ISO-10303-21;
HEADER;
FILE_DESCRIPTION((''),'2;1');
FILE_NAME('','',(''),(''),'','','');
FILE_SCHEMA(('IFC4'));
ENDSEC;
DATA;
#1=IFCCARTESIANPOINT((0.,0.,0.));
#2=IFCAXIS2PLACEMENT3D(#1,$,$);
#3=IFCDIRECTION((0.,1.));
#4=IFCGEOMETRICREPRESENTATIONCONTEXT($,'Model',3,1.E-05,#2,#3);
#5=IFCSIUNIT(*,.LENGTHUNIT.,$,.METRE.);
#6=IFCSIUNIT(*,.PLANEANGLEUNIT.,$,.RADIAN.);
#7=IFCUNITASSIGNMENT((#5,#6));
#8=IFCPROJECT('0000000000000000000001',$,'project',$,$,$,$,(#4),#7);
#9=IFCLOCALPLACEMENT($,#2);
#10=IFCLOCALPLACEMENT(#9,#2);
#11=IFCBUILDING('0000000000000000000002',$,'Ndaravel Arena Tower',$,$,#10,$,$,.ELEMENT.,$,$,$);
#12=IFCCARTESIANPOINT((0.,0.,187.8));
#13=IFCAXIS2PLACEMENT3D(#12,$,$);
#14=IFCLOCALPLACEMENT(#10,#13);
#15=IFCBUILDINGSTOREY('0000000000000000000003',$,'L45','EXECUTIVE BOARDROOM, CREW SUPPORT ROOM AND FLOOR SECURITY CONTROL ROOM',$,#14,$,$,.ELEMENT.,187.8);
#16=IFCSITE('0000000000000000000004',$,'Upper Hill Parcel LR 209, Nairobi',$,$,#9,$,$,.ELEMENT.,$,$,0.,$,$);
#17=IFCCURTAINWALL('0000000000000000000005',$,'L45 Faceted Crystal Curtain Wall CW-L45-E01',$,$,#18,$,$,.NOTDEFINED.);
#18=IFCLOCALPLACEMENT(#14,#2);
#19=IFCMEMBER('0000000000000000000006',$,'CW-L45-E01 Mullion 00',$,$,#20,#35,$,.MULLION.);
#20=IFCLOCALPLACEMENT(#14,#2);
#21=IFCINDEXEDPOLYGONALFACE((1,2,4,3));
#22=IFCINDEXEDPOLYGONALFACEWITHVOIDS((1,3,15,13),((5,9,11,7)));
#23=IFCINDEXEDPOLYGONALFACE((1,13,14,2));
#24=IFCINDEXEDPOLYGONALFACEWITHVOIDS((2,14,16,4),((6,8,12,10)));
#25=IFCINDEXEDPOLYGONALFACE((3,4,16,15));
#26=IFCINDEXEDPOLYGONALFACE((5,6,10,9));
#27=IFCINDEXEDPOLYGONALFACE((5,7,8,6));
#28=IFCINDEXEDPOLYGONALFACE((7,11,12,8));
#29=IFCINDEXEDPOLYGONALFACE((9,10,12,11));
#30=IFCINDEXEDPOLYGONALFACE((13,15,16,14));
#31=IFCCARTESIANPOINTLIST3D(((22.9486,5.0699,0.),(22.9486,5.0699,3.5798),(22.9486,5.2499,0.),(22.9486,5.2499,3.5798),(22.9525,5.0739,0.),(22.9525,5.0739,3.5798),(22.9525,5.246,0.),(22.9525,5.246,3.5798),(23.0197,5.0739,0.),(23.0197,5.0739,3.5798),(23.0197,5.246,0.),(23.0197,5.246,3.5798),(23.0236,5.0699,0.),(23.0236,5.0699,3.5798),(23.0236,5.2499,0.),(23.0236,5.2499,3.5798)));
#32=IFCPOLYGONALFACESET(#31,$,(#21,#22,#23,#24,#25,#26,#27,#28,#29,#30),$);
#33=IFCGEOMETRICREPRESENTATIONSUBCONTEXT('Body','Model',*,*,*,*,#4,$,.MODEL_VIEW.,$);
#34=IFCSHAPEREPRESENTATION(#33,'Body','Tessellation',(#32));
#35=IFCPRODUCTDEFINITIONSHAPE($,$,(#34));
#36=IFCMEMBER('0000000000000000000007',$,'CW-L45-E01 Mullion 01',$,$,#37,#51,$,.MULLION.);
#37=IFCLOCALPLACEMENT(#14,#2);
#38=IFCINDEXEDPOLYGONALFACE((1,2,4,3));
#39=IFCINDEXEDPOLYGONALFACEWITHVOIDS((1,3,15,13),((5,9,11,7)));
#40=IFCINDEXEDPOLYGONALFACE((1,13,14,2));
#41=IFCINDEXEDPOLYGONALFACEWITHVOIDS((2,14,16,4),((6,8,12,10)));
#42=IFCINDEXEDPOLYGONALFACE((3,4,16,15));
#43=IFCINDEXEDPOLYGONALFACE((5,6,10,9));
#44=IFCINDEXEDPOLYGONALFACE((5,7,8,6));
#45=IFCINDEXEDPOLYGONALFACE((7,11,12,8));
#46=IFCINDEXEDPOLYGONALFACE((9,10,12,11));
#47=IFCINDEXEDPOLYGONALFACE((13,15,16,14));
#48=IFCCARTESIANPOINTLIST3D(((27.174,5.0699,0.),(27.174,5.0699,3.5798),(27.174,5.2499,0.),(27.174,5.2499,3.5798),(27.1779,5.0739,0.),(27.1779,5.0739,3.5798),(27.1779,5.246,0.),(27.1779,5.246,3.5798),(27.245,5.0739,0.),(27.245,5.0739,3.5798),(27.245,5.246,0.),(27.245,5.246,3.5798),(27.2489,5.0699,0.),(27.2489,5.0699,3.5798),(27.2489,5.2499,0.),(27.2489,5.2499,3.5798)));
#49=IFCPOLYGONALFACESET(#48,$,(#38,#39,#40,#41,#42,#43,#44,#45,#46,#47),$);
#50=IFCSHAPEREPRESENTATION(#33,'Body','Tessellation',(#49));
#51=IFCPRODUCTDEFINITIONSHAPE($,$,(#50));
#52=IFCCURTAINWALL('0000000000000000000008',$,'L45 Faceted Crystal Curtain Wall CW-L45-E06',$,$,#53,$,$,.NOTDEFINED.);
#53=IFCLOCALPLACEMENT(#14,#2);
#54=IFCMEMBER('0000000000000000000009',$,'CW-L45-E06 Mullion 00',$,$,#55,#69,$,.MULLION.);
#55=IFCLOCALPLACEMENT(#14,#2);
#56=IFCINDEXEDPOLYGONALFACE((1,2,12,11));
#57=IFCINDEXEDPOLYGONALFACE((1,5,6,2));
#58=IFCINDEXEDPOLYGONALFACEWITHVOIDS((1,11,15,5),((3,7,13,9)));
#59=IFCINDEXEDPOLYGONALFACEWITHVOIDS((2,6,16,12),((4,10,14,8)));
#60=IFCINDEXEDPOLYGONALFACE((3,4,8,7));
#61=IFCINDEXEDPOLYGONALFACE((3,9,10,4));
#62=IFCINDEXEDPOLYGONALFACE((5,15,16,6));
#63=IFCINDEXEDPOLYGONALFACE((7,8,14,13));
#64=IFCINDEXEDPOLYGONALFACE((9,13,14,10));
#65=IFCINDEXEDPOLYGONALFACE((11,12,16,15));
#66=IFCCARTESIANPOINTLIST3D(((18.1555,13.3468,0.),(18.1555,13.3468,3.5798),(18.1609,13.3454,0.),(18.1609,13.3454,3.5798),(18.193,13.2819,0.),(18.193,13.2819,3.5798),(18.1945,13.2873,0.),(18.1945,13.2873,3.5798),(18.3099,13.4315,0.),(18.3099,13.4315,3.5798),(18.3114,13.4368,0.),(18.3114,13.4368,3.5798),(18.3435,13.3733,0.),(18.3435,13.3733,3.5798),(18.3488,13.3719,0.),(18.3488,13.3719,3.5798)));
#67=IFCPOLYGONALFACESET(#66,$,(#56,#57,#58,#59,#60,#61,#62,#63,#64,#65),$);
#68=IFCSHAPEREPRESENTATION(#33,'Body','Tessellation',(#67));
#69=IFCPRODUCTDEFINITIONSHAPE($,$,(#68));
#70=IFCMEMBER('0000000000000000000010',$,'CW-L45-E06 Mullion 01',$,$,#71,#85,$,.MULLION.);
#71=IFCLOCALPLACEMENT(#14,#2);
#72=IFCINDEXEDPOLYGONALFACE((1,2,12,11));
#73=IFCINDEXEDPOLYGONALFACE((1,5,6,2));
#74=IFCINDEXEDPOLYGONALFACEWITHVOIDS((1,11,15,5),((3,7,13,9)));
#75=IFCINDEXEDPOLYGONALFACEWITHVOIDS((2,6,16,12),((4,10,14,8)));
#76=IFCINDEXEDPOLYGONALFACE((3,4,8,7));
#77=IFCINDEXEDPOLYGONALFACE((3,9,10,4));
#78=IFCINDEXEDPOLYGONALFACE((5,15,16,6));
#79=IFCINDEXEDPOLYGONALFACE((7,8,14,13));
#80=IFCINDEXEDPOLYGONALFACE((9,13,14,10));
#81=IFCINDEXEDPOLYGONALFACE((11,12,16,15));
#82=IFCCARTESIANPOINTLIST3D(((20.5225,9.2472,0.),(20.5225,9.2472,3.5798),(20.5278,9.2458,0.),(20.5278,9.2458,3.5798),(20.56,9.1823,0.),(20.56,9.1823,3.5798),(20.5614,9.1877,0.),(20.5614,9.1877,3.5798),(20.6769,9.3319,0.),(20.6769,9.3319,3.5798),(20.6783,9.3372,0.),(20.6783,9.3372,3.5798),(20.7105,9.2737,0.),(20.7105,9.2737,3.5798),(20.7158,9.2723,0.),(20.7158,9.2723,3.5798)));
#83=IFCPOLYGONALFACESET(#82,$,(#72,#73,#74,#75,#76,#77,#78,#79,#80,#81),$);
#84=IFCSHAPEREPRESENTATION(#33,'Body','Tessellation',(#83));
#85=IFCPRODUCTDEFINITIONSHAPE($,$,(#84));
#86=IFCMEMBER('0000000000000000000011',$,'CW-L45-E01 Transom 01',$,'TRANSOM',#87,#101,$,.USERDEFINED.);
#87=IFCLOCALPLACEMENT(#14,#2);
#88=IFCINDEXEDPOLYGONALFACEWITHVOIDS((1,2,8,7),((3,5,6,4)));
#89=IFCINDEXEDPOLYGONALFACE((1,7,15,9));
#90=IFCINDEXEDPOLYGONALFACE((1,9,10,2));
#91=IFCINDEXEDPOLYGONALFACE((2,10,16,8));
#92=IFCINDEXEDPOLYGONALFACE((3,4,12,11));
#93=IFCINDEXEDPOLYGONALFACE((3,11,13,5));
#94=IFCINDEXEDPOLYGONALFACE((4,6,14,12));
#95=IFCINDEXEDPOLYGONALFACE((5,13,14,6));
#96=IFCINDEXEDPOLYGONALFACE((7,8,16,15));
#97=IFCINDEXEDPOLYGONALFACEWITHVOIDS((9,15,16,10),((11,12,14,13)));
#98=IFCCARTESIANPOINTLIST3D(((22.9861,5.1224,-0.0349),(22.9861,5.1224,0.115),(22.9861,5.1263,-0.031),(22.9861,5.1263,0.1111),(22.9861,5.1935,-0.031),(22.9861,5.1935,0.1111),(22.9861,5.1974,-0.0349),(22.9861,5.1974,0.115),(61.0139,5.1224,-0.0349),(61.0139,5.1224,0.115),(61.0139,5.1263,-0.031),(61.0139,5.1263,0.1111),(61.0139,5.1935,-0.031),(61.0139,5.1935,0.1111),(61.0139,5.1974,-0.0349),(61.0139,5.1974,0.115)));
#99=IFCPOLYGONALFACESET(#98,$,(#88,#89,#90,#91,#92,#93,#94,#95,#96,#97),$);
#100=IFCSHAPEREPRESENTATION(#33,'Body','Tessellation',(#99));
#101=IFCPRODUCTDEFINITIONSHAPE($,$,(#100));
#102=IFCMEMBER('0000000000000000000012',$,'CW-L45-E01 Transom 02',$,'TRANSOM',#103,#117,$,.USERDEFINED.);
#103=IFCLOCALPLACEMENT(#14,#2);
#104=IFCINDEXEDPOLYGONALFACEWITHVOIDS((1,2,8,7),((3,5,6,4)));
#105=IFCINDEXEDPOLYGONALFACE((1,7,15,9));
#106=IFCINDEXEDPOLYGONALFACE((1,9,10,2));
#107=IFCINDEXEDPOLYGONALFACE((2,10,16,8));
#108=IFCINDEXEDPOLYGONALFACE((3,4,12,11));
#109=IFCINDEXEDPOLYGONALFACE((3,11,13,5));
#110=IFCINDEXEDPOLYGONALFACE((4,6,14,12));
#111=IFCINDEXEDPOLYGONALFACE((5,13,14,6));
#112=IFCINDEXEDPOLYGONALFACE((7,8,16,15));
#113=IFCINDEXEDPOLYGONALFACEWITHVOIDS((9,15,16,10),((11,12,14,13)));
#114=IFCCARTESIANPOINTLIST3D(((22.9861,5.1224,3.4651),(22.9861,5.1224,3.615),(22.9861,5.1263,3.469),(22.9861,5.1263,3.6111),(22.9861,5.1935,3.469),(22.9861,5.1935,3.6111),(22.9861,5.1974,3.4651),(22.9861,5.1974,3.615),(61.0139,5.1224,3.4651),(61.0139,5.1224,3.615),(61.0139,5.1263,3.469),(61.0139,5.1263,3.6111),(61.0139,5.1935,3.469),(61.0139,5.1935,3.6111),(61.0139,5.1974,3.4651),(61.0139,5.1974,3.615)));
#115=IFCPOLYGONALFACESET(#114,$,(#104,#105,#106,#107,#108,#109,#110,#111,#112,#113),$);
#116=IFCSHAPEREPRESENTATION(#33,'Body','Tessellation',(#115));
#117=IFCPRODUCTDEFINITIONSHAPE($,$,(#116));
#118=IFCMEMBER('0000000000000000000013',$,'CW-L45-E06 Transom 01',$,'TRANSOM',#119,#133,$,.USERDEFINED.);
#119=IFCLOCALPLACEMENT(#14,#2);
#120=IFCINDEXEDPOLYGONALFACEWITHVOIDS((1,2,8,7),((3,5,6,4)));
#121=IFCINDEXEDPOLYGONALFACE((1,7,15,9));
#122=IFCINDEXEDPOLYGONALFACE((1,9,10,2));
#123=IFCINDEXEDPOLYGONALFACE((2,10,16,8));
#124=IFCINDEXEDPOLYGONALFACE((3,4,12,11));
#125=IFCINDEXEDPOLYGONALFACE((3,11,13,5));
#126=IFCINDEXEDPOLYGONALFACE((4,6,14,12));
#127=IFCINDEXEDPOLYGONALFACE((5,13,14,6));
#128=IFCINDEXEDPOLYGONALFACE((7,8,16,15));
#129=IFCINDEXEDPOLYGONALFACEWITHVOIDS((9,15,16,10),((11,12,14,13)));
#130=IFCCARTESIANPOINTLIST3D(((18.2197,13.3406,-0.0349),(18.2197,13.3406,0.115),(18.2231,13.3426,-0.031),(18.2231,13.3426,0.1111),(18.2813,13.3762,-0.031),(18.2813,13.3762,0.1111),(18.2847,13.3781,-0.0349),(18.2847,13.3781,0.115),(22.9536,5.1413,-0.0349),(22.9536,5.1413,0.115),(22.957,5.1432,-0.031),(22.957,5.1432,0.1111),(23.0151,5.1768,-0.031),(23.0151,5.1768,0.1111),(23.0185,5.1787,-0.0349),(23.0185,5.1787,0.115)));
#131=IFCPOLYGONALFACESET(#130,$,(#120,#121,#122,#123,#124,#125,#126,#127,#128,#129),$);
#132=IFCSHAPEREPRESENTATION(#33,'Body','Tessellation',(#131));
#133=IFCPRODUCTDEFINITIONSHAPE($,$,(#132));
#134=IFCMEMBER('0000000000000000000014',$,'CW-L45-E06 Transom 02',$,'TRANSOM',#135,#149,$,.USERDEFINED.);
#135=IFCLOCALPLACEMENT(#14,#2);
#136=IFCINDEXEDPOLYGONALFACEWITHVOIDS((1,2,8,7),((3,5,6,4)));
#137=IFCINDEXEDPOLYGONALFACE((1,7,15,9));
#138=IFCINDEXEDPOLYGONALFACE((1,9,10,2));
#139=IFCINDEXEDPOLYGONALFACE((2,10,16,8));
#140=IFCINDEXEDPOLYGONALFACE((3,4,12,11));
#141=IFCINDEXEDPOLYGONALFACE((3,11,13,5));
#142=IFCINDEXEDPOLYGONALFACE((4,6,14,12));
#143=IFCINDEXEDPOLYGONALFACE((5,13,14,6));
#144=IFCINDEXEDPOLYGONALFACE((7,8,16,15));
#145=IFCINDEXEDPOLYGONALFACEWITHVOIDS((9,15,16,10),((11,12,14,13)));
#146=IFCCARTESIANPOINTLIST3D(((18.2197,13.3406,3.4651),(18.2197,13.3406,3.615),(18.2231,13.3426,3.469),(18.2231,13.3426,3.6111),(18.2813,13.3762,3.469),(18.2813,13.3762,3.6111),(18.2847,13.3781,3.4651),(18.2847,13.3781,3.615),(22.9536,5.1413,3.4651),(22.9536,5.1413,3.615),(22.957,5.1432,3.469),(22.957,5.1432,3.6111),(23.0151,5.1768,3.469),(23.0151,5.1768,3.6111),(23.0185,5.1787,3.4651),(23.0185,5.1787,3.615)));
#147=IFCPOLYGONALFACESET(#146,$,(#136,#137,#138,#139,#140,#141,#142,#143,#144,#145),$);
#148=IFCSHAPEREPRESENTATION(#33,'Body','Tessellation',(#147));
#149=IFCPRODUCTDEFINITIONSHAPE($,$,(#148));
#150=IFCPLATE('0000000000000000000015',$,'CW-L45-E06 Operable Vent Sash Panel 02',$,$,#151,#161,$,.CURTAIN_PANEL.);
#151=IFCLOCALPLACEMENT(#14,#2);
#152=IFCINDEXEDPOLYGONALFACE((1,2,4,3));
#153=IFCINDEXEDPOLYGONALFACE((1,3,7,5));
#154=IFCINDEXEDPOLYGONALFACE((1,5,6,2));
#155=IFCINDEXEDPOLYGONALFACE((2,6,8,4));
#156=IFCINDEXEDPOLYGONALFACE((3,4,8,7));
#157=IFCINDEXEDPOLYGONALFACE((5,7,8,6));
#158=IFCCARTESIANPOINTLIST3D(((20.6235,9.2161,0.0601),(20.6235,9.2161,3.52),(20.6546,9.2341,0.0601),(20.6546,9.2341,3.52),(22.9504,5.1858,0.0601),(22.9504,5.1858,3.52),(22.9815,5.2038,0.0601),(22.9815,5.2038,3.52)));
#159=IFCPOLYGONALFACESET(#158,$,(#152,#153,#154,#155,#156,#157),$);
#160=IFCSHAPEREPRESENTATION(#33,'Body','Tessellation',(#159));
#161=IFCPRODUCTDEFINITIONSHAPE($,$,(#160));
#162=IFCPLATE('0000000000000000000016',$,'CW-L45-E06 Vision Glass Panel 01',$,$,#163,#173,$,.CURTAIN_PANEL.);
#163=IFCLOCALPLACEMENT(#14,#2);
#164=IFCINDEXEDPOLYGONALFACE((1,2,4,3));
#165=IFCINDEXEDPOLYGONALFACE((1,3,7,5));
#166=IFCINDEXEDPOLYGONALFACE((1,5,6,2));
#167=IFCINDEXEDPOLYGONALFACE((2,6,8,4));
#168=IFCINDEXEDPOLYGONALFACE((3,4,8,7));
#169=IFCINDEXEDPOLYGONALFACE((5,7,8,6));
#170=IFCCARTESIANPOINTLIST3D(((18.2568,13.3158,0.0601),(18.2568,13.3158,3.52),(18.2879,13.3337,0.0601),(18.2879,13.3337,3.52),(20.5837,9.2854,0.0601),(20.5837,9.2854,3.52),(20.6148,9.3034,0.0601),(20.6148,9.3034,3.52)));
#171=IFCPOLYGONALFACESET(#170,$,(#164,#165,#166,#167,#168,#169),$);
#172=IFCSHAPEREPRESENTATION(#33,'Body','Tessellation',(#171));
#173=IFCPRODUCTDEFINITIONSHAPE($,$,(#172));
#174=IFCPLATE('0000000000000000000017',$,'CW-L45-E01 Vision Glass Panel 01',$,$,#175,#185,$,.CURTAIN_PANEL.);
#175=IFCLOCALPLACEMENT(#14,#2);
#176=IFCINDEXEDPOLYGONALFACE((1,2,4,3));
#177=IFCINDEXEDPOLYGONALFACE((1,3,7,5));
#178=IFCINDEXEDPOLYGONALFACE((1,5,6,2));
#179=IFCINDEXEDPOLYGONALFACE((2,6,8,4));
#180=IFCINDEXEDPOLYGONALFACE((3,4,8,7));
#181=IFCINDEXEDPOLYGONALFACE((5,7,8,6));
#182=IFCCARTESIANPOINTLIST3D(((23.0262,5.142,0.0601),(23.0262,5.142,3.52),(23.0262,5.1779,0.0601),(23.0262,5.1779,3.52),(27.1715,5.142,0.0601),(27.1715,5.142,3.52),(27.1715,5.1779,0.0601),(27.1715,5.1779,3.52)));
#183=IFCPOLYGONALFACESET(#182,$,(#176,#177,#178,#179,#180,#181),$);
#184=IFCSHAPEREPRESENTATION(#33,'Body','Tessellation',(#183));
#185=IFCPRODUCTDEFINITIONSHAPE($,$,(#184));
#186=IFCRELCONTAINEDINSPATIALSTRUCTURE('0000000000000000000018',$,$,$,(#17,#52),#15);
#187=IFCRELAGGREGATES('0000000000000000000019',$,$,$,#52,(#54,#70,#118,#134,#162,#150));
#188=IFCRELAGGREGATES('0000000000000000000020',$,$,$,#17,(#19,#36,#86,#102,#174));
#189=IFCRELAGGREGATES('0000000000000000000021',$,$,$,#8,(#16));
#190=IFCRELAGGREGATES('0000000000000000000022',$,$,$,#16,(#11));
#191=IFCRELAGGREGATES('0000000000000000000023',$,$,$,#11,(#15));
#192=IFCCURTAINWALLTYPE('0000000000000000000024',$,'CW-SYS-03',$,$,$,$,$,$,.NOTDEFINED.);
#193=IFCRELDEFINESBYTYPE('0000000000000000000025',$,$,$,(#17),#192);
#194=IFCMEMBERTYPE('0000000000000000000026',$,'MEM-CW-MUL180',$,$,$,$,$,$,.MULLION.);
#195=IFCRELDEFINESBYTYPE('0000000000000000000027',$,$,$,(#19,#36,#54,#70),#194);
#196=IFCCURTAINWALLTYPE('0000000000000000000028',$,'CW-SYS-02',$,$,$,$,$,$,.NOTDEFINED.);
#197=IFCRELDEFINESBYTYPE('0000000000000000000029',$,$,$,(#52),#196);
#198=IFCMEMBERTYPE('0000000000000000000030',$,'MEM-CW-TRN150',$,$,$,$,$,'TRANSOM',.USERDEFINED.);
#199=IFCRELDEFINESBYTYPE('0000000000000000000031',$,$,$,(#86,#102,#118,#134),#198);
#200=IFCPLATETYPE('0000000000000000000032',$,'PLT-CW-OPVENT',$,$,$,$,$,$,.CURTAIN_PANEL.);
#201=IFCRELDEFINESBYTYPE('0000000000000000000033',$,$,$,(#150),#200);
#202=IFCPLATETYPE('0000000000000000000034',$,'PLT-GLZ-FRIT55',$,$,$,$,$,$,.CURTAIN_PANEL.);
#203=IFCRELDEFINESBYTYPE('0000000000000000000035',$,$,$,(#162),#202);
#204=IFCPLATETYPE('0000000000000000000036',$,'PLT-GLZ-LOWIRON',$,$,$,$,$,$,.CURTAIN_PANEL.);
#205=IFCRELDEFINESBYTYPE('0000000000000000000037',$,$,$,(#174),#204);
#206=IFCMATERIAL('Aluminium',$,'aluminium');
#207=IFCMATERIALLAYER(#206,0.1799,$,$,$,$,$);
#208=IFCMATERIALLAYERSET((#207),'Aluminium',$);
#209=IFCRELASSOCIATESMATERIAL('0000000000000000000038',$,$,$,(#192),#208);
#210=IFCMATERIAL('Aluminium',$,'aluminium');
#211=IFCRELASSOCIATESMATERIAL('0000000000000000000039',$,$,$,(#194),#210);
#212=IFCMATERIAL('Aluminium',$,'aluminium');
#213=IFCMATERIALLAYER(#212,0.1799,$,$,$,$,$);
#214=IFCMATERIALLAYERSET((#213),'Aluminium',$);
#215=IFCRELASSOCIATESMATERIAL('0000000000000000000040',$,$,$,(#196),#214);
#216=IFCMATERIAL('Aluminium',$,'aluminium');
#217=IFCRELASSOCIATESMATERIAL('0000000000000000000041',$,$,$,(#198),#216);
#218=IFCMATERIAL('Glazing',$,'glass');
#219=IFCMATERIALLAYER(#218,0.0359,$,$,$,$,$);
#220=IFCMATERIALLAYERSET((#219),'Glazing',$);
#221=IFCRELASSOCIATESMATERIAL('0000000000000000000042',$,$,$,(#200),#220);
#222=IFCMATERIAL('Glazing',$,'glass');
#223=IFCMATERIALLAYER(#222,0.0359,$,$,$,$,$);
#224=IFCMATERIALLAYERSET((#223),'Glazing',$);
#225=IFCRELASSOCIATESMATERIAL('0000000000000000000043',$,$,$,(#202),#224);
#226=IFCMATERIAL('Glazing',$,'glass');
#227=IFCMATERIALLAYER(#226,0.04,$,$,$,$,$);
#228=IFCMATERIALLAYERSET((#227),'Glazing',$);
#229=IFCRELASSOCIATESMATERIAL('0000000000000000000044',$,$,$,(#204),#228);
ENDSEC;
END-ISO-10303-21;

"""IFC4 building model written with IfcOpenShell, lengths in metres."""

from ifc_helpers import new_model, si_unit, direction, frame, origin, origin_2d, place, context, subcontext, project, spatial, rectangle, hollow_rectangle, extrude, material, layer, layer_set, material_profile, profile_set, type_object, element, aggregate, save


model = new_model("IFC4")

# Units and contexts
model_context = context("Model", 3, precision=1e-05, world=origin(), true_north=direction((0.0, 1.0)))
body_context = subcontext(model_context, "Body", "Model", "MODEL_VIEW")
ifc_project = project(units=[si_unit("LENGTHUNIT", "METRE"), si_unit("PLANEANGLEUNIT", "RADIAN")], contexts=[model_context])

# Site, building, storey
site_placement = place(None, origin())
site = spatial("IfcSite", under=ifc_project, at=site_placement, Name="Upper Hill Parcel LR 209, Nairobi", CompositionType="ELEMENT", RefElevation=0.0)
building_placement = place(site_placement, origin())
building = spatial("IfcBuilding", under=site, at=building_placement, Name="Ndaravel Arena Tower", CompositionType="ELEMENT")
storey_placement = place(building_placement, frame((0.0, 0.0, 187.8)))
storey = spatial("IfcBuildingStorey", under=building, at=storey_placement, Name="L45", Description="EXECUTIVE BOARDROOM, CREW SUPPORT ROOM AND FLOOR SECURITY CONTROL ROOM", CompositionType="ELEMENT", Elevation=187.8)

# Curtain walls, members
ifc_material_1 = material(Name="Aluminium", Category="aluminium")
ifc_layer_1 = layer(ifc_material_1, 0.1799)
ifc_layer_set_1 = layer_set([ifc_layer_1], Name="Aluminium")
curtain_wall_type_1 = type_object("IfcCurtainWallType", Name="CW-SYS-03", PredefinedType="NOTDEFINED", material=ifc_layer_set_1)
curtain_wall_1_placement = place(storey_placement, origin())
curtain_wall_1 = element("IfcCurtainWall", 1, at=curtain_wall_1_placement, inside=storey, type_object=curtain_wall_type_1, Name="L45 Faceted Crystal Curtain Wall CW-L45-E01", PredefinedType="NOTDEFINED")
ifc_material_2 = material(Name="Aluminium", Category="aluminium")
ifc_material_profile_1 = material_profile(ifc_material_2, hollow_rectangle(XDim=0.075, YDim=0.1799, WallThickness=0.0039, at=origin_2d()), Name="CW MULLION 75x180x4")
ifc_profile_set_1 = profile_set([ifc_material_profile_1], Name="Aluminium")
member_type_1 = type_object("IfcMemberType", Name="MEM-CW-MUL180", PredefinedType="MULLION", material=ifc_profile_set_1)
member_1_placement = place(storey_placement, frame((22.9861, 5.1599, 0.0), z_axis=(0.0, 0.0, 1.0), x_axis=(1.0, 0.0, 0.0)))
member_1 = element("IfcMember", 2, at=member_1_placement, type_object=member_type_1, Name="CW-L45-E01 Mullion 00", PredefinedType="MULLION", context=body_context, shape_type="SweptSolid", body=[
    extrude(hollow_rectangle(XDim=0.075, YDim=0.1799, WallThickness=0.0039, at=origin_2d()), origin(), (0.0, 0.0, 1.0), 3.5798),
])
member_2_placement = place(storey_placement, frame((27.2114, 5.1599, 0.0), z_axis=(0.0, 0.0, 1.0), x_axis=(1.0, 0.0, 0.0)))
member_2 = element("IfcMember", 3, at=member_2_placement, type_object=member_type_1, Name="CW-L45-E01 Mullion 01", PredefinedType="MULLION", context=body_context, shape_type="SweptSolid", body=[
    extrude(hollow_rectangle(XDim=0.075, YDim=0.1799, WallThickness=0.0039, at=origin_2d()), origin(), (0.0, 0.0, 1.0), 3.5798),
])
ifc_material_3 = material(Name="Aluminium", Category="aluminium")
ifc_layer_2 = layer(ifc_material_3, 0.1799)
ifc_layer_set_2 = layer_set([ifc_layer_2], Name="Aluminium")
curtain_wall_type_2 = type_object("IfcCurtainWallType", Name="CW-SYS-02", PredefinedType="NOTDEFINED", material=ifc_layer_set_2)
curtain_wall_2_placement = place(storey_placement, origin())
curtain_wall_2 = element("IfcCurtainWall", 4, at=curtain_wall_2_placement, inside=storey, type_object=curtain_wall_type_2, Name="L45 Faceted Crystal Curtain Wall CW-L45-E06", PredefinedType="NOTDEFINED")
member_3_placement = place(storey_placement, frame((18.2522, 13.3594, 0.0), z_axis=(0.0, 0.0, 1.0), x_axis=(0.5, -0.866025, 0.0)))
member_3 = element("IfcMember", 5, at=member_3_placement, type_object=member_type_1, Name="CW-L45-E06 Mullion 00", PredefinedType="MULLION", context=body_context, shape_type="SweptSolid", body=[
    extrude(hollow_rectangle(XDim=0.075, YDim=0.1799, WallThickness=0.0039, at=origin_2d()), origin(), (0.0, 0.0, 1.0), 3.5798),
])
member_4_placement = place(storey_placement, frame((20.6191, 9.2598, 0.0), z_axis=(0.0, 0.0, 1.0), x_axis=(0.5, -0.866025, 0.0)))
member_4 = element("IfcMember", 6, at=member_4_placement, type_object=member_type_1, Name="CW-L45-E06 Mullion 01", PredefinedType="MULLION", context=body_context, shape_type="SweptSolid", body=[
    extrude(hollow_rectangle(XDim=0.075, YDim=0.1799, WallThickness=0.0039, at=origin_2d()), origin(), (0.0, 0.0, 1.0), 3.5798),
])

# Members
ifc_material_4 = material(Name="Aluminium", Category="aluminium")
ifc_material_profile_2 = material_profile(ifc_material_4, hollow_rectangle(XDim=0.075, YDim=0.1499, WallThickness=0.0039, at=origin_2d()), Name="CW TRANSOM 75x150x4")
ifc_profile_set_2 = profile_set([ifc_material_profile_2], Name="Aluminium")
member_type_2 = type_object("IfcMemberType", Name="MEM-CW-TRN150", ElementType="TRANSOM", PredefinedType="USERDEFINED", material=ifc_profile_set_2)
member_5_placement = place(storey_placement, frame((22.9861, 5.1599, 0.04), z_axis=(1.0, 0.0, 0.0), x_axis=(0.0, 1.0, 0.0)))
member_5 = element("IfcMember", 7, at=member_5_placement, type_object=member_type_2, Name="CW-L45-E01 Transom 01", ObjectType="TRANSOM", PredefinedType="USERDEFINED", context=body_context, shape_type="SweptSolid", body=[
    extrude(hollow_rectangle(XDim=0.075, YDim=0.1499, WallThickness=0.0039, at=origin_2d()), origin(), (0.0, 0.0, 1.0), 38.0278),
])
member_6_placement = place(storey_placement, frame((22.9861, 5.1599, 3.54), z_axis=(1.0, 0.0, 0.0), x_axis=(0.0, 1.0, 0.0)))
member_6 = element("IfcMember", 8, at=member_6_placement, type_object=member_type_2, Name="CW-L45-E01 Transom 02", ObjectType="TRANSOM", PredefinedType="USERDEFINED", context=body_context, shape_type="SweptSolid", body=[
    extrude(hollow_rectangle(XDim=0.075, YDim=0.1499, WallThickness=0.0039, at=origin_2d()), origin(), (0.0, 0.0, 1.0), 38.0278),
])
member_7_placement = place(storey_placement, frame((18.2522, 13.3594, 0.04), z_axis=(0.499994, -0.866029, 0.0), x_axis=(0.866029, 0.499994, 0.0)))
member_7 = element("IfcMember", 9, at=member_7_placement, type_object=member_type_2, Name="CW-L45-E06 Transom 01", ObjectType="TRANSOM", PredefinedType="USERDEFINED", context=body_context, shape_type="SweptSolid", body=[
    extrude(hollow_rectangle(XDim=0.075, YDim=0.1499, WallThickness=0.0039, at=origin_2d()), origin(), (0.0, 0.0, 1.0), 9.4678),
])
member_8_placement = place(storey_placement, frame((18.2522, 13.3594, 3.54), z_axis=(0.499994, -0.866029, 0.0), x_axis=(0.866029, 0.499994, 0.0)))
member_8 = element("IfcMember", 10, at=member_8_placement, type_object=member_type_2, Name="CW-L45-E06 Transom 02", ObjectType="TRANSOM", PredefinedType="USERDEFINED", context=body_context, shape_type="SweptSolid", body=[
    extrude(hollow_rectangle(XDim=0.075, YDim=0.1499, WallThickness=0.0039, at=origin_2d()), origin(), (0.0, 0.0, 1.0), 9.4678),
])

# Plates
ifc_material_5 = material(Name="Glazing", Category="glass")
ifc_layer_3 = layer(ifc_material_5, 0.0359)
ifc_layer_set_3 = layer_set([ifc_layer_3], Name="Glazing")
plate_type_1 = type_object("IfcPlateType", Name="PLT-CW-OPVENT", PredefinedType="CURTAIN_PANEL", material=ifc_layer_set_3)
plate_1_placement = place(storey_placement, frame((21.8025, 7.21, 0.0601), z_axis=(0.0, 0.0, 1.0), x_axis=(0.5, -0.866025, 0.0)))
plate_1 = element("IfcPlate", 11, at=plate_1_placement, type_object=plate_type_1, Name="CW-L45-E06 Operable Vent Sash Panel 02", PredefinedType="CURTAIN_PANEL", context=body_context, shape_type="SweptSolid", body=[
    extrude(rectangle(XDim=4.6538, YDim=0.0359, at=origin_2d()), origin(), (0.0, 0.0, 1.0), 3.46),
])
ifc_material_6 = material(Name="Glazing", Category="glass")
ifc_layer_4 = layer(ifc_material_6, 0.0359)
ifc_layer_set_4 = layer_set([ifc_layer_4], Name="Glazing")
plate_type_2 = type_object("IfcPlateType", Name="PLT-GLZ-FRIT55", PredefinedType="CURTAIN_PANEL", material=ifc_layer_set_4)
plate_2_placement = place(storey_placement, frame((19.4358, 11.3096, 0.0601), z_axis=(0.0, 0.0, 1.0), x_axis=(0.5, -0.866025, 0.0)))
plate_2 = element("IfcPlate", 12, at=plate_2_placement, type_object=plate_type_2, Name="CW-L45-E06 Vision Glass Panel 01", PredefinedType="CURTAIN_PANEL", context=body_context, shape_type="SweptSolid", body=[
    extrude(rectangle(XDim=4.6538, YDim=0.0359, at=origin_2d()), origin(), (0.0, 0.0, 1.0), 3.46),
])
aggregate(curtain_wall_2, [member_3, member_4, member_7, member_8, plate_2, plate_1])
ifc_material_7 = material(Name="Glazing", Category="glass")
ifc_layer_5 = layer(ifc_material_7, 0.04)
ifc_layer_set_5 = layer_set([ifc_layer_5], Name="Glazing")
plate_type_3 = type_object("IfcPlateType", Name="PLT-GLZ-LOWIRON", PredefinedType="CURTAIN_PANEL", material=ifc_layer_set_5)
plate_3_placement = place(storey_placement, frame((25.0989, 5.1599, 0.0601), z_axis=(0.0, 0.0, 1.0), x_axis=(1.0, 0.0, 0.0)))
plate_3 = element("IfcPlate", 13, at=plate_3_placement, type_object=plate_type_3, Name="CW-L45-E01 Vision Glass Panel 01", PredefinedType="CURTAIN_PANEL", context=body_context, shape_type="SweptSolid", body=[
    extrude(rectangle(XDim=4.1453, YDim=0.0359, at=origin_2d()), origin(), (0.0, 0.0, 1.0), 3.46),
])
aggregate(curtain_wall_1, [member_1, member_2, member_5, member_6, plate_3])

save(model, "model.ifc")
